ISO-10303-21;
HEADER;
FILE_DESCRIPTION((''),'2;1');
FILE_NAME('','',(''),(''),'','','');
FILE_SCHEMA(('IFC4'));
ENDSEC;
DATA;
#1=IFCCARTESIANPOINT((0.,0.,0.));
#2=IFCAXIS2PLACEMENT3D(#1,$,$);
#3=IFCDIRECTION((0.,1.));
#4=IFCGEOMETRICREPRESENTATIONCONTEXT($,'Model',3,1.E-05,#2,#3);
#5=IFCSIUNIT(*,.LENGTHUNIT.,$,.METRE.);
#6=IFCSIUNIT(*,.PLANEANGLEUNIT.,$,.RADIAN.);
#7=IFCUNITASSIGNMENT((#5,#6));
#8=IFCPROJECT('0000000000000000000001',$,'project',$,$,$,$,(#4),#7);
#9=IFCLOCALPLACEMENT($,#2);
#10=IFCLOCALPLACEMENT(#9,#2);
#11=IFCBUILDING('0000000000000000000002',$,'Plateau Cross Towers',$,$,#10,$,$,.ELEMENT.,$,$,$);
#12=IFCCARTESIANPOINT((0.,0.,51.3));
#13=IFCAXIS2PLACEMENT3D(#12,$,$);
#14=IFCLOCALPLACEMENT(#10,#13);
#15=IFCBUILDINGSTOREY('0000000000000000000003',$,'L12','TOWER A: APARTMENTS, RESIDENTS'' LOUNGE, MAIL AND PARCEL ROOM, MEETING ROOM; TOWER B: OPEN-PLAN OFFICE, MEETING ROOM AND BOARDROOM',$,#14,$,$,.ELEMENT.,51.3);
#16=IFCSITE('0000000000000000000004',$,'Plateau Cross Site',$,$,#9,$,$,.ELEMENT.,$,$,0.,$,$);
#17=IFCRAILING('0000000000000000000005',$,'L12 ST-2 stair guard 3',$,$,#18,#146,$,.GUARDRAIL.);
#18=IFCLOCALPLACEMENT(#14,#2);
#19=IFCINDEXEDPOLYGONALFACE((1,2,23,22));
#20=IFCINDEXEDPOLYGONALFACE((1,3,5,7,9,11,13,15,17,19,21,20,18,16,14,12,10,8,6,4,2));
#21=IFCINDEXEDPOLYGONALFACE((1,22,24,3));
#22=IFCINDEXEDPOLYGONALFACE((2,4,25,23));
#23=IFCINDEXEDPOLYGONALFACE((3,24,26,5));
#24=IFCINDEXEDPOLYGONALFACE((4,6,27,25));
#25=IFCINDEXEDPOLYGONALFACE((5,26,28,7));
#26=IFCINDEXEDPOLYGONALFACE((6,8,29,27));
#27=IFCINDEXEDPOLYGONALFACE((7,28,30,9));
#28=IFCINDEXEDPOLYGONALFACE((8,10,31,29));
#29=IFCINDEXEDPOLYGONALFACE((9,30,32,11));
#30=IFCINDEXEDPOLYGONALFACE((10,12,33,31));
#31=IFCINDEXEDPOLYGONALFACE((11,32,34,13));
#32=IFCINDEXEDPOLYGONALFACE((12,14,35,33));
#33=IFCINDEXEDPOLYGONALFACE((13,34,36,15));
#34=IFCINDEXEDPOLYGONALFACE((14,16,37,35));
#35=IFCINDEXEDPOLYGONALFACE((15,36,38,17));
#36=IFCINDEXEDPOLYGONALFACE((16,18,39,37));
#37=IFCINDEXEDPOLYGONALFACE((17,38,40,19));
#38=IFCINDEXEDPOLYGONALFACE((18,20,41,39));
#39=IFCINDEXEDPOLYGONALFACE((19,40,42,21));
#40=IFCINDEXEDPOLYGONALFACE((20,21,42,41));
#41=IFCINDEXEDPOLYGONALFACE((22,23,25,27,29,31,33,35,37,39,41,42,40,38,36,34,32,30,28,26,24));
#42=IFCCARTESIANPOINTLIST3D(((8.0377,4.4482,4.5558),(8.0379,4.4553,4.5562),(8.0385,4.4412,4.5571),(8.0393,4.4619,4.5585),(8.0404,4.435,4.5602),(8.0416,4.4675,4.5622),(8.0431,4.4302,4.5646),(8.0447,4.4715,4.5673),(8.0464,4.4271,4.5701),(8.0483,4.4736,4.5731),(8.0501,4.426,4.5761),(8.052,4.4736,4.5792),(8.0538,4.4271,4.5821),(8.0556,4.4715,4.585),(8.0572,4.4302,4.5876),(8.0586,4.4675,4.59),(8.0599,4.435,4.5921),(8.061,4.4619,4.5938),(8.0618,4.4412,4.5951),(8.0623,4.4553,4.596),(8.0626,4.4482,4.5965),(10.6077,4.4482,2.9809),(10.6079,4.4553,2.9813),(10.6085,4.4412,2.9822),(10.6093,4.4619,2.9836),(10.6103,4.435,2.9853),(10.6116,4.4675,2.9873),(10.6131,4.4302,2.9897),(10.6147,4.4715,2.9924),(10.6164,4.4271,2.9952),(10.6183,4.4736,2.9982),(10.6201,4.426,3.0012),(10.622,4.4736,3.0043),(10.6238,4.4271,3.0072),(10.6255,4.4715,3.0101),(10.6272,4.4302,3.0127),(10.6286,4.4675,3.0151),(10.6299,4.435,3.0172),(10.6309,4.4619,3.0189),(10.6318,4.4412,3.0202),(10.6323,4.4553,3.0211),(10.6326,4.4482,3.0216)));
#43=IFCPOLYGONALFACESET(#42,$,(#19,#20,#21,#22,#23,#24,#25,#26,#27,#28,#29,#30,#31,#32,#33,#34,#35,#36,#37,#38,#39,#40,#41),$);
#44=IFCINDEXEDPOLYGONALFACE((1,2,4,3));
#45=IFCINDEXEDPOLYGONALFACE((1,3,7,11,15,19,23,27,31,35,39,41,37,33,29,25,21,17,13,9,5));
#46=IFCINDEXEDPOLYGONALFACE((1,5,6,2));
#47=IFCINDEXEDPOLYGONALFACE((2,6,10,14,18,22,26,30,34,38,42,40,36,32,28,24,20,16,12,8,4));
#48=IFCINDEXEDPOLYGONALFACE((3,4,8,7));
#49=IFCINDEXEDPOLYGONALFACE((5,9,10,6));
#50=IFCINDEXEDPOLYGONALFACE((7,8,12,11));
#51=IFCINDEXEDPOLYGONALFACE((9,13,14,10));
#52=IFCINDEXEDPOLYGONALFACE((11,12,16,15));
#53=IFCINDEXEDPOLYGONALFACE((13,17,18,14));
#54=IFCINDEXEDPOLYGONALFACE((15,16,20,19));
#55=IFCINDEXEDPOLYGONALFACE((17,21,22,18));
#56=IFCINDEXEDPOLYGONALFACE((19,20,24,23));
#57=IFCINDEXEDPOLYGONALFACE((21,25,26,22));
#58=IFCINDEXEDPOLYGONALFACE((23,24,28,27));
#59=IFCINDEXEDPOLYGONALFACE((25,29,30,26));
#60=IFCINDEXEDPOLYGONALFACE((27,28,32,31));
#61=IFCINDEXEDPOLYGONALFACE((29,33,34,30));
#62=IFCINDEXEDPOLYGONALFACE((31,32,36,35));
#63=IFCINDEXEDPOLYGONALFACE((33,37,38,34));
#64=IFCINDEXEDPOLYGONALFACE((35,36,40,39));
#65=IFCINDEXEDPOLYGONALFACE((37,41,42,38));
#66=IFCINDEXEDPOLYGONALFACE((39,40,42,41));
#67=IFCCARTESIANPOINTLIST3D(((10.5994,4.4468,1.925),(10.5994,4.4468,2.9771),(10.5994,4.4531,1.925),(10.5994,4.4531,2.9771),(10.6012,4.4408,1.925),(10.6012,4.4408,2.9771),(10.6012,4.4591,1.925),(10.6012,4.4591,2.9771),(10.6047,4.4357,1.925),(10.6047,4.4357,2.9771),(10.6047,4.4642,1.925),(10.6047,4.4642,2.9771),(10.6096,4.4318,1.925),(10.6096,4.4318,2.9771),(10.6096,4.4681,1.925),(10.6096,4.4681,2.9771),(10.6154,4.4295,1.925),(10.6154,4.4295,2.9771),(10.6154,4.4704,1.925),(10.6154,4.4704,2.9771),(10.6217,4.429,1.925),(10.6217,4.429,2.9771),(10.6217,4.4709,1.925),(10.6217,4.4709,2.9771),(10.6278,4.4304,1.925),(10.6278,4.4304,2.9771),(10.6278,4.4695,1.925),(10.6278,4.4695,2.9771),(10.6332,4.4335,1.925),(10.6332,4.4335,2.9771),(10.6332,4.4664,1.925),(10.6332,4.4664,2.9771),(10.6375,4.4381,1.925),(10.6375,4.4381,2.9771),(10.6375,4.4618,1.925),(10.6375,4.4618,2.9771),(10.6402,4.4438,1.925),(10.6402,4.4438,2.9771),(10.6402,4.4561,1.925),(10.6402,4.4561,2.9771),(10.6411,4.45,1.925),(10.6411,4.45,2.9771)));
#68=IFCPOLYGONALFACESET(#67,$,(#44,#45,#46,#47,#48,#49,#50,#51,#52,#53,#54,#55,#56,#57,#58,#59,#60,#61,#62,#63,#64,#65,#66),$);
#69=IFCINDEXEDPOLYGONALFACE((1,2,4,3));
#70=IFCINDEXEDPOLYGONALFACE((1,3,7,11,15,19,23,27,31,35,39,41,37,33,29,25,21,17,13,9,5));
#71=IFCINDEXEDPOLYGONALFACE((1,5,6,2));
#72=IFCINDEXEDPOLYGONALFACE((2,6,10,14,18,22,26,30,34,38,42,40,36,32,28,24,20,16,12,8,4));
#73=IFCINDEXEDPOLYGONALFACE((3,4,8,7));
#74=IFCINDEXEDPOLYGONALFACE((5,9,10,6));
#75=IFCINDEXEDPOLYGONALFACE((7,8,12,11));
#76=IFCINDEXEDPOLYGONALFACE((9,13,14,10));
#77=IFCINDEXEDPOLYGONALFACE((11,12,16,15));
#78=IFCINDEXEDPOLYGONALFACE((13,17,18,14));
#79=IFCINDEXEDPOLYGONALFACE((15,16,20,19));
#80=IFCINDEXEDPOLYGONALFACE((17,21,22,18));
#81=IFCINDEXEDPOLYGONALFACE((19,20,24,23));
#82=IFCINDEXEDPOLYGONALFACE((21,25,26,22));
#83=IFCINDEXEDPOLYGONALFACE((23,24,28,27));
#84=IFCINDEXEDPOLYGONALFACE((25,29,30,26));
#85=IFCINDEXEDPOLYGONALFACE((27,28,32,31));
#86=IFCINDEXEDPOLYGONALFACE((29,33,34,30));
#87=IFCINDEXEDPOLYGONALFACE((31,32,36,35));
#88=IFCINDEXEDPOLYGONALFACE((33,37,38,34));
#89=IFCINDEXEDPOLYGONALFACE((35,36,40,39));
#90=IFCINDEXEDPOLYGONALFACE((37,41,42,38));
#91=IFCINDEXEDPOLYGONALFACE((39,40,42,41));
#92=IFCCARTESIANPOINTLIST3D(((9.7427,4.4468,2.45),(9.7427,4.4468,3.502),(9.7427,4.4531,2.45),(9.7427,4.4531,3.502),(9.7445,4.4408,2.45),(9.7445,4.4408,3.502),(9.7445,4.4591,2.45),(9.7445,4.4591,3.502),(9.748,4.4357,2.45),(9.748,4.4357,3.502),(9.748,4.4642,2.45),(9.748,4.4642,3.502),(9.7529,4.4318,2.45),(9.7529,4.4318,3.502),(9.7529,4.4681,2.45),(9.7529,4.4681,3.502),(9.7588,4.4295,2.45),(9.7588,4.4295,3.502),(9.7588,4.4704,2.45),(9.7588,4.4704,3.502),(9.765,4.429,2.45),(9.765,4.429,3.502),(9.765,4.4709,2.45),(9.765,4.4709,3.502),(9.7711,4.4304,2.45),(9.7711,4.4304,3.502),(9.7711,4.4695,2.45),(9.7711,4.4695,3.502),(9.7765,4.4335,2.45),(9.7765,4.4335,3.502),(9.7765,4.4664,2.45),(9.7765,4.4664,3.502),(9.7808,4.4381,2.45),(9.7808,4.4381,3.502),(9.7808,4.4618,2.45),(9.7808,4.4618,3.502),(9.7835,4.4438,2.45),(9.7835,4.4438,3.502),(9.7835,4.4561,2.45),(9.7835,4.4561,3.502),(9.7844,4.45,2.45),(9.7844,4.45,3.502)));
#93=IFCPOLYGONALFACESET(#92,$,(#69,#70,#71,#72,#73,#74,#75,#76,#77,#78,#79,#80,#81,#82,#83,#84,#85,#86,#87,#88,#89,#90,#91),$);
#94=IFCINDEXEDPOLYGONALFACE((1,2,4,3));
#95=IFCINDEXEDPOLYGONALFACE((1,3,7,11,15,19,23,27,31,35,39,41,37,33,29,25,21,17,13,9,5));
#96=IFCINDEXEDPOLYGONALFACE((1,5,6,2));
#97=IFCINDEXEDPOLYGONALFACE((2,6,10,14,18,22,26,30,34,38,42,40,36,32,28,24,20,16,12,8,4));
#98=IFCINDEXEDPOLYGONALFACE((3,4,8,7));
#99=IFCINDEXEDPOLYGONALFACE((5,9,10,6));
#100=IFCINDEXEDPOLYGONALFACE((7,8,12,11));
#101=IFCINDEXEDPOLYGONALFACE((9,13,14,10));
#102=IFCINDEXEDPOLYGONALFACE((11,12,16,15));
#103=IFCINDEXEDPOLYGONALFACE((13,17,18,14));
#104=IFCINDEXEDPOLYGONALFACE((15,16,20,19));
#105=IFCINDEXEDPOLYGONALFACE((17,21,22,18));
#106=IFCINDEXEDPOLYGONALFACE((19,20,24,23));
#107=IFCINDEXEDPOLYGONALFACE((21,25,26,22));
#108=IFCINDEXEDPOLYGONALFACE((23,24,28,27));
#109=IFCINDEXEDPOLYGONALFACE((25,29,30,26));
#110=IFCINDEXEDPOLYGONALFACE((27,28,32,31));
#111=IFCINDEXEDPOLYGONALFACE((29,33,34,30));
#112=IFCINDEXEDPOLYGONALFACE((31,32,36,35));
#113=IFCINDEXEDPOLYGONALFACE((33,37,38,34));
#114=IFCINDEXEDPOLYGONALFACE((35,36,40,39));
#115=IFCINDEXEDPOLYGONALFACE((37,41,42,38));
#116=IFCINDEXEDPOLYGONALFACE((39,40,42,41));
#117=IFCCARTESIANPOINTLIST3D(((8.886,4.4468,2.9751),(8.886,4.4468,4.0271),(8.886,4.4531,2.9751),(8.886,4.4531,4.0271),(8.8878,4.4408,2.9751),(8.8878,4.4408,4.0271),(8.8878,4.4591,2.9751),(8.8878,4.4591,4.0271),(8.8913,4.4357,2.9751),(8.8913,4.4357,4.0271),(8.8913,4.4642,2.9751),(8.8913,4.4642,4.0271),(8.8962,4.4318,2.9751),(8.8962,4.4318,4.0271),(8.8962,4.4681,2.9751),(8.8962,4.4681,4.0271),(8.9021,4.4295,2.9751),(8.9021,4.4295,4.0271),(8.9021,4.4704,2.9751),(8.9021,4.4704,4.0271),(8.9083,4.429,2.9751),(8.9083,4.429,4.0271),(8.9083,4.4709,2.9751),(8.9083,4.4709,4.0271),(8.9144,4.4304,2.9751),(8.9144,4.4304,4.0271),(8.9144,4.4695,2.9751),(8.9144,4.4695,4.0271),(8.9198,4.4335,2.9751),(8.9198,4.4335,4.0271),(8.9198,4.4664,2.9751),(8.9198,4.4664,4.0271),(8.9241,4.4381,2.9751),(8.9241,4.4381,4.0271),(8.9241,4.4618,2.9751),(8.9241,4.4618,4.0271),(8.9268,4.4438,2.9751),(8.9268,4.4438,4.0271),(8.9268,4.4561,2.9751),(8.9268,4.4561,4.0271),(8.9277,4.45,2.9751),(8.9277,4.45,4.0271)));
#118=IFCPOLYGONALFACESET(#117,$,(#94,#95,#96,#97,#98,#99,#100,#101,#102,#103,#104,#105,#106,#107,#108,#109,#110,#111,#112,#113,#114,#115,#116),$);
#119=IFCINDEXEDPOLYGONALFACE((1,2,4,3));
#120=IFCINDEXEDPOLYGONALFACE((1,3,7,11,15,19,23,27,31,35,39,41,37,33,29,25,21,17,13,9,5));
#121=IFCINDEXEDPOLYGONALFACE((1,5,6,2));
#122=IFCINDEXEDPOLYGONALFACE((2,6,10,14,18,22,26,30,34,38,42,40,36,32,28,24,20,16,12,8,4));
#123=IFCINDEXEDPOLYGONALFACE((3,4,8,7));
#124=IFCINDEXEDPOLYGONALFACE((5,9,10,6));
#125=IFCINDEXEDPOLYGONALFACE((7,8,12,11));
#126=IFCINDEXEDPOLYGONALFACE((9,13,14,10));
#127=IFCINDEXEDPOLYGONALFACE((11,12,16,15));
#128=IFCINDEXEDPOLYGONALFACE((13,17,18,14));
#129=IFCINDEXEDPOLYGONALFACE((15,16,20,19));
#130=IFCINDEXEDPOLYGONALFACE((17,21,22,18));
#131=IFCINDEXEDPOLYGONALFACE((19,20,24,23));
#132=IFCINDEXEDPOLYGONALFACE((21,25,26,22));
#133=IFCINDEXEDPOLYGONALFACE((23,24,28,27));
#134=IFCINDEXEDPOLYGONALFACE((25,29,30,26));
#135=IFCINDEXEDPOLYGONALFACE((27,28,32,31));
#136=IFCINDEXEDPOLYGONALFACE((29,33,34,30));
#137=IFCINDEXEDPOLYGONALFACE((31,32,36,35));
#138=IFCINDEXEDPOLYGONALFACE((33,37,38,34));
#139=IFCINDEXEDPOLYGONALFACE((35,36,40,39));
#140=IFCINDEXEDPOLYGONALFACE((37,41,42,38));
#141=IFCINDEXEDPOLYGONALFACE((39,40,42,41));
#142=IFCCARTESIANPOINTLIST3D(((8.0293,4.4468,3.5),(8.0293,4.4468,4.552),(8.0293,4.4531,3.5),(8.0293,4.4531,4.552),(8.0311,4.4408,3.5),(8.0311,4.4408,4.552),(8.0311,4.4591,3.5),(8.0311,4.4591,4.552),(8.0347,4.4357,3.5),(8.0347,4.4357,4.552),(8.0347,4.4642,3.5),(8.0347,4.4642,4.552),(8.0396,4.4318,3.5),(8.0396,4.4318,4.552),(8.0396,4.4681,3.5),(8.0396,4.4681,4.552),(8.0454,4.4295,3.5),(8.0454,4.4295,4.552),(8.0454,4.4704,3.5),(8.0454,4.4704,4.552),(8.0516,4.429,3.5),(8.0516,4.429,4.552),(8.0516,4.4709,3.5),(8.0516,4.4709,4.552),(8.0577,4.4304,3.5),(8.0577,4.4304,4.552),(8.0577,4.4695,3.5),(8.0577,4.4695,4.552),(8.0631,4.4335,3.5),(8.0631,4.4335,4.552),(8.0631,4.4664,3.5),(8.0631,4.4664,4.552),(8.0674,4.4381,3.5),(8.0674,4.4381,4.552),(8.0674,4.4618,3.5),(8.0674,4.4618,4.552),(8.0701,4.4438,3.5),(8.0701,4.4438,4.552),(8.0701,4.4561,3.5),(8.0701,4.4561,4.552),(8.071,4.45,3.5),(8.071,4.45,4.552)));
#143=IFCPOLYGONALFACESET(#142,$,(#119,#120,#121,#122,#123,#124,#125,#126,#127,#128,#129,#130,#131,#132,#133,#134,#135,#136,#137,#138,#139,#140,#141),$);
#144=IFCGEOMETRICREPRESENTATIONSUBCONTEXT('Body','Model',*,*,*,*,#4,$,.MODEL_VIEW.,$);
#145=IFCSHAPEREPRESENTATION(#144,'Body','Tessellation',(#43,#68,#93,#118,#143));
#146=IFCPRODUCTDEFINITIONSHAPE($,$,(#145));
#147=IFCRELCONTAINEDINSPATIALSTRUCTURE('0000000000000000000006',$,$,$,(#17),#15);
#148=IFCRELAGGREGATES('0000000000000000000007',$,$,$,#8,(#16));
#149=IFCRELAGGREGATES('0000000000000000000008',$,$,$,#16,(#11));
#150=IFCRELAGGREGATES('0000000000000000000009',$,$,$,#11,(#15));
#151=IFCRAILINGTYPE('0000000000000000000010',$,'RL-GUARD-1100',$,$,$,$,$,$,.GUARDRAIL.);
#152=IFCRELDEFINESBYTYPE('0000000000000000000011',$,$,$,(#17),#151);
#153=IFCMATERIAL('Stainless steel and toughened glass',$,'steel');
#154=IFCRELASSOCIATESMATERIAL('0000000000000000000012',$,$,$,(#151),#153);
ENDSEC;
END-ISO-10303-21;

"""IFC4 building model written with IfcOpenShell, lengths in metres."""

from ifc_helpers import new_model, si_unit, direction, frame, origin, origin_2d, place, context, subcontext, project, spatial, circle, extrude, material, type_object, element, save


model = new_model("IFC4")

# Units and contexts
model_context = context("Model", 3, precision=1e-05, world=origin(), true_north=direction((0.0, 1.0)))
body_context = subcontext(model_context, "Body", "Model", "MODEL_VIEW")
ifc_project = project(units=[si_unit("LENGTHUNIT", "METRE"), si_unit("PLANEANGLEUNIT", "RADIAN")], contexts=[model_context])

# Site, building, storey
site_placement = place(None, origin())
site = spatial("IfcSite", under=ifc_project, at=site_placement, Name="Plateau Cross Site", CompositionType="ELEMENT", RefElevation=0.0)
building_placement = place(site_placement, origin())
building = spatial("IfcBuilding", under=site, at=building_placement, Name="Plateau Cross Towers", CompositionType="ELEMENT")
storey_placement = place(building_placement, frame((0.0, 0.0, 51.3)))
storey = spatial("IfcBuildingStorey", under=building, at=storey_placement, Name="L12", Description="TOWER A: APARTMENTS, RESIDENTS' LOUNGE, MAIL AND PARCEL ROOM, MEETING ROOM; TOWER B: OPEN-PLAN OFFICE, MEETING ROOM AND BOARDROOM", CompositionType="ELEMENT", Elevation=51.3)

# Railing
ifc_material_1 = material(Name="Stainless steel and toughened glass", Category="steel")
railing_type_1 = type_object("IfcRailingType", Name="RL-GUARD-1100", PredefinedType="GUARDRAIL", material=ifc_material_1)
railing_1_placement = place(storey_placement, frame((10.6201, 4.45, 1.925)))
element("IfcRailing", 1, at=railing_1_placement, inside=storey, type_object=railing_type_1, Name="L12 ST-2 stair guard 3", PredefinedType="GUARDRAIL", context=body_context, shape_type="SweptSolid", body=[
    extrude(circle(Radius=0.0239, at=origin_2d()), frame((0.0, 0.0, 1.0762), z_axis=(-0.852639, 0.0, 0.522501), x_axis=(0.0, -1.0, 0.0)), (0.0, 0.0, 1.0), 3.0142),
    extrude(circle(Radius=0.021, at=origin_2d()), origin(), (0.0, 0.0, 1.0), 1.052),
    extrude(circle(Radius=0.021, at=origin_2d()), frame((-0.8567, 0.0, 0.5249)), (0.0, 0.0, 1.0), 1.052),
    extrude(circle(Radius=0.021, at=origin_2d()), frame((-1.7134, 0.0, 1.05)), (0.0, 0.0, 1.0), 1.052),
    extrude(circle(Radius=0.021, at=origin_2d()), frame((-2.5701, 0.0, 1.575)), (0.0, 0.0, 1.0), 1.052),
])

save(model, "model.ifc")
